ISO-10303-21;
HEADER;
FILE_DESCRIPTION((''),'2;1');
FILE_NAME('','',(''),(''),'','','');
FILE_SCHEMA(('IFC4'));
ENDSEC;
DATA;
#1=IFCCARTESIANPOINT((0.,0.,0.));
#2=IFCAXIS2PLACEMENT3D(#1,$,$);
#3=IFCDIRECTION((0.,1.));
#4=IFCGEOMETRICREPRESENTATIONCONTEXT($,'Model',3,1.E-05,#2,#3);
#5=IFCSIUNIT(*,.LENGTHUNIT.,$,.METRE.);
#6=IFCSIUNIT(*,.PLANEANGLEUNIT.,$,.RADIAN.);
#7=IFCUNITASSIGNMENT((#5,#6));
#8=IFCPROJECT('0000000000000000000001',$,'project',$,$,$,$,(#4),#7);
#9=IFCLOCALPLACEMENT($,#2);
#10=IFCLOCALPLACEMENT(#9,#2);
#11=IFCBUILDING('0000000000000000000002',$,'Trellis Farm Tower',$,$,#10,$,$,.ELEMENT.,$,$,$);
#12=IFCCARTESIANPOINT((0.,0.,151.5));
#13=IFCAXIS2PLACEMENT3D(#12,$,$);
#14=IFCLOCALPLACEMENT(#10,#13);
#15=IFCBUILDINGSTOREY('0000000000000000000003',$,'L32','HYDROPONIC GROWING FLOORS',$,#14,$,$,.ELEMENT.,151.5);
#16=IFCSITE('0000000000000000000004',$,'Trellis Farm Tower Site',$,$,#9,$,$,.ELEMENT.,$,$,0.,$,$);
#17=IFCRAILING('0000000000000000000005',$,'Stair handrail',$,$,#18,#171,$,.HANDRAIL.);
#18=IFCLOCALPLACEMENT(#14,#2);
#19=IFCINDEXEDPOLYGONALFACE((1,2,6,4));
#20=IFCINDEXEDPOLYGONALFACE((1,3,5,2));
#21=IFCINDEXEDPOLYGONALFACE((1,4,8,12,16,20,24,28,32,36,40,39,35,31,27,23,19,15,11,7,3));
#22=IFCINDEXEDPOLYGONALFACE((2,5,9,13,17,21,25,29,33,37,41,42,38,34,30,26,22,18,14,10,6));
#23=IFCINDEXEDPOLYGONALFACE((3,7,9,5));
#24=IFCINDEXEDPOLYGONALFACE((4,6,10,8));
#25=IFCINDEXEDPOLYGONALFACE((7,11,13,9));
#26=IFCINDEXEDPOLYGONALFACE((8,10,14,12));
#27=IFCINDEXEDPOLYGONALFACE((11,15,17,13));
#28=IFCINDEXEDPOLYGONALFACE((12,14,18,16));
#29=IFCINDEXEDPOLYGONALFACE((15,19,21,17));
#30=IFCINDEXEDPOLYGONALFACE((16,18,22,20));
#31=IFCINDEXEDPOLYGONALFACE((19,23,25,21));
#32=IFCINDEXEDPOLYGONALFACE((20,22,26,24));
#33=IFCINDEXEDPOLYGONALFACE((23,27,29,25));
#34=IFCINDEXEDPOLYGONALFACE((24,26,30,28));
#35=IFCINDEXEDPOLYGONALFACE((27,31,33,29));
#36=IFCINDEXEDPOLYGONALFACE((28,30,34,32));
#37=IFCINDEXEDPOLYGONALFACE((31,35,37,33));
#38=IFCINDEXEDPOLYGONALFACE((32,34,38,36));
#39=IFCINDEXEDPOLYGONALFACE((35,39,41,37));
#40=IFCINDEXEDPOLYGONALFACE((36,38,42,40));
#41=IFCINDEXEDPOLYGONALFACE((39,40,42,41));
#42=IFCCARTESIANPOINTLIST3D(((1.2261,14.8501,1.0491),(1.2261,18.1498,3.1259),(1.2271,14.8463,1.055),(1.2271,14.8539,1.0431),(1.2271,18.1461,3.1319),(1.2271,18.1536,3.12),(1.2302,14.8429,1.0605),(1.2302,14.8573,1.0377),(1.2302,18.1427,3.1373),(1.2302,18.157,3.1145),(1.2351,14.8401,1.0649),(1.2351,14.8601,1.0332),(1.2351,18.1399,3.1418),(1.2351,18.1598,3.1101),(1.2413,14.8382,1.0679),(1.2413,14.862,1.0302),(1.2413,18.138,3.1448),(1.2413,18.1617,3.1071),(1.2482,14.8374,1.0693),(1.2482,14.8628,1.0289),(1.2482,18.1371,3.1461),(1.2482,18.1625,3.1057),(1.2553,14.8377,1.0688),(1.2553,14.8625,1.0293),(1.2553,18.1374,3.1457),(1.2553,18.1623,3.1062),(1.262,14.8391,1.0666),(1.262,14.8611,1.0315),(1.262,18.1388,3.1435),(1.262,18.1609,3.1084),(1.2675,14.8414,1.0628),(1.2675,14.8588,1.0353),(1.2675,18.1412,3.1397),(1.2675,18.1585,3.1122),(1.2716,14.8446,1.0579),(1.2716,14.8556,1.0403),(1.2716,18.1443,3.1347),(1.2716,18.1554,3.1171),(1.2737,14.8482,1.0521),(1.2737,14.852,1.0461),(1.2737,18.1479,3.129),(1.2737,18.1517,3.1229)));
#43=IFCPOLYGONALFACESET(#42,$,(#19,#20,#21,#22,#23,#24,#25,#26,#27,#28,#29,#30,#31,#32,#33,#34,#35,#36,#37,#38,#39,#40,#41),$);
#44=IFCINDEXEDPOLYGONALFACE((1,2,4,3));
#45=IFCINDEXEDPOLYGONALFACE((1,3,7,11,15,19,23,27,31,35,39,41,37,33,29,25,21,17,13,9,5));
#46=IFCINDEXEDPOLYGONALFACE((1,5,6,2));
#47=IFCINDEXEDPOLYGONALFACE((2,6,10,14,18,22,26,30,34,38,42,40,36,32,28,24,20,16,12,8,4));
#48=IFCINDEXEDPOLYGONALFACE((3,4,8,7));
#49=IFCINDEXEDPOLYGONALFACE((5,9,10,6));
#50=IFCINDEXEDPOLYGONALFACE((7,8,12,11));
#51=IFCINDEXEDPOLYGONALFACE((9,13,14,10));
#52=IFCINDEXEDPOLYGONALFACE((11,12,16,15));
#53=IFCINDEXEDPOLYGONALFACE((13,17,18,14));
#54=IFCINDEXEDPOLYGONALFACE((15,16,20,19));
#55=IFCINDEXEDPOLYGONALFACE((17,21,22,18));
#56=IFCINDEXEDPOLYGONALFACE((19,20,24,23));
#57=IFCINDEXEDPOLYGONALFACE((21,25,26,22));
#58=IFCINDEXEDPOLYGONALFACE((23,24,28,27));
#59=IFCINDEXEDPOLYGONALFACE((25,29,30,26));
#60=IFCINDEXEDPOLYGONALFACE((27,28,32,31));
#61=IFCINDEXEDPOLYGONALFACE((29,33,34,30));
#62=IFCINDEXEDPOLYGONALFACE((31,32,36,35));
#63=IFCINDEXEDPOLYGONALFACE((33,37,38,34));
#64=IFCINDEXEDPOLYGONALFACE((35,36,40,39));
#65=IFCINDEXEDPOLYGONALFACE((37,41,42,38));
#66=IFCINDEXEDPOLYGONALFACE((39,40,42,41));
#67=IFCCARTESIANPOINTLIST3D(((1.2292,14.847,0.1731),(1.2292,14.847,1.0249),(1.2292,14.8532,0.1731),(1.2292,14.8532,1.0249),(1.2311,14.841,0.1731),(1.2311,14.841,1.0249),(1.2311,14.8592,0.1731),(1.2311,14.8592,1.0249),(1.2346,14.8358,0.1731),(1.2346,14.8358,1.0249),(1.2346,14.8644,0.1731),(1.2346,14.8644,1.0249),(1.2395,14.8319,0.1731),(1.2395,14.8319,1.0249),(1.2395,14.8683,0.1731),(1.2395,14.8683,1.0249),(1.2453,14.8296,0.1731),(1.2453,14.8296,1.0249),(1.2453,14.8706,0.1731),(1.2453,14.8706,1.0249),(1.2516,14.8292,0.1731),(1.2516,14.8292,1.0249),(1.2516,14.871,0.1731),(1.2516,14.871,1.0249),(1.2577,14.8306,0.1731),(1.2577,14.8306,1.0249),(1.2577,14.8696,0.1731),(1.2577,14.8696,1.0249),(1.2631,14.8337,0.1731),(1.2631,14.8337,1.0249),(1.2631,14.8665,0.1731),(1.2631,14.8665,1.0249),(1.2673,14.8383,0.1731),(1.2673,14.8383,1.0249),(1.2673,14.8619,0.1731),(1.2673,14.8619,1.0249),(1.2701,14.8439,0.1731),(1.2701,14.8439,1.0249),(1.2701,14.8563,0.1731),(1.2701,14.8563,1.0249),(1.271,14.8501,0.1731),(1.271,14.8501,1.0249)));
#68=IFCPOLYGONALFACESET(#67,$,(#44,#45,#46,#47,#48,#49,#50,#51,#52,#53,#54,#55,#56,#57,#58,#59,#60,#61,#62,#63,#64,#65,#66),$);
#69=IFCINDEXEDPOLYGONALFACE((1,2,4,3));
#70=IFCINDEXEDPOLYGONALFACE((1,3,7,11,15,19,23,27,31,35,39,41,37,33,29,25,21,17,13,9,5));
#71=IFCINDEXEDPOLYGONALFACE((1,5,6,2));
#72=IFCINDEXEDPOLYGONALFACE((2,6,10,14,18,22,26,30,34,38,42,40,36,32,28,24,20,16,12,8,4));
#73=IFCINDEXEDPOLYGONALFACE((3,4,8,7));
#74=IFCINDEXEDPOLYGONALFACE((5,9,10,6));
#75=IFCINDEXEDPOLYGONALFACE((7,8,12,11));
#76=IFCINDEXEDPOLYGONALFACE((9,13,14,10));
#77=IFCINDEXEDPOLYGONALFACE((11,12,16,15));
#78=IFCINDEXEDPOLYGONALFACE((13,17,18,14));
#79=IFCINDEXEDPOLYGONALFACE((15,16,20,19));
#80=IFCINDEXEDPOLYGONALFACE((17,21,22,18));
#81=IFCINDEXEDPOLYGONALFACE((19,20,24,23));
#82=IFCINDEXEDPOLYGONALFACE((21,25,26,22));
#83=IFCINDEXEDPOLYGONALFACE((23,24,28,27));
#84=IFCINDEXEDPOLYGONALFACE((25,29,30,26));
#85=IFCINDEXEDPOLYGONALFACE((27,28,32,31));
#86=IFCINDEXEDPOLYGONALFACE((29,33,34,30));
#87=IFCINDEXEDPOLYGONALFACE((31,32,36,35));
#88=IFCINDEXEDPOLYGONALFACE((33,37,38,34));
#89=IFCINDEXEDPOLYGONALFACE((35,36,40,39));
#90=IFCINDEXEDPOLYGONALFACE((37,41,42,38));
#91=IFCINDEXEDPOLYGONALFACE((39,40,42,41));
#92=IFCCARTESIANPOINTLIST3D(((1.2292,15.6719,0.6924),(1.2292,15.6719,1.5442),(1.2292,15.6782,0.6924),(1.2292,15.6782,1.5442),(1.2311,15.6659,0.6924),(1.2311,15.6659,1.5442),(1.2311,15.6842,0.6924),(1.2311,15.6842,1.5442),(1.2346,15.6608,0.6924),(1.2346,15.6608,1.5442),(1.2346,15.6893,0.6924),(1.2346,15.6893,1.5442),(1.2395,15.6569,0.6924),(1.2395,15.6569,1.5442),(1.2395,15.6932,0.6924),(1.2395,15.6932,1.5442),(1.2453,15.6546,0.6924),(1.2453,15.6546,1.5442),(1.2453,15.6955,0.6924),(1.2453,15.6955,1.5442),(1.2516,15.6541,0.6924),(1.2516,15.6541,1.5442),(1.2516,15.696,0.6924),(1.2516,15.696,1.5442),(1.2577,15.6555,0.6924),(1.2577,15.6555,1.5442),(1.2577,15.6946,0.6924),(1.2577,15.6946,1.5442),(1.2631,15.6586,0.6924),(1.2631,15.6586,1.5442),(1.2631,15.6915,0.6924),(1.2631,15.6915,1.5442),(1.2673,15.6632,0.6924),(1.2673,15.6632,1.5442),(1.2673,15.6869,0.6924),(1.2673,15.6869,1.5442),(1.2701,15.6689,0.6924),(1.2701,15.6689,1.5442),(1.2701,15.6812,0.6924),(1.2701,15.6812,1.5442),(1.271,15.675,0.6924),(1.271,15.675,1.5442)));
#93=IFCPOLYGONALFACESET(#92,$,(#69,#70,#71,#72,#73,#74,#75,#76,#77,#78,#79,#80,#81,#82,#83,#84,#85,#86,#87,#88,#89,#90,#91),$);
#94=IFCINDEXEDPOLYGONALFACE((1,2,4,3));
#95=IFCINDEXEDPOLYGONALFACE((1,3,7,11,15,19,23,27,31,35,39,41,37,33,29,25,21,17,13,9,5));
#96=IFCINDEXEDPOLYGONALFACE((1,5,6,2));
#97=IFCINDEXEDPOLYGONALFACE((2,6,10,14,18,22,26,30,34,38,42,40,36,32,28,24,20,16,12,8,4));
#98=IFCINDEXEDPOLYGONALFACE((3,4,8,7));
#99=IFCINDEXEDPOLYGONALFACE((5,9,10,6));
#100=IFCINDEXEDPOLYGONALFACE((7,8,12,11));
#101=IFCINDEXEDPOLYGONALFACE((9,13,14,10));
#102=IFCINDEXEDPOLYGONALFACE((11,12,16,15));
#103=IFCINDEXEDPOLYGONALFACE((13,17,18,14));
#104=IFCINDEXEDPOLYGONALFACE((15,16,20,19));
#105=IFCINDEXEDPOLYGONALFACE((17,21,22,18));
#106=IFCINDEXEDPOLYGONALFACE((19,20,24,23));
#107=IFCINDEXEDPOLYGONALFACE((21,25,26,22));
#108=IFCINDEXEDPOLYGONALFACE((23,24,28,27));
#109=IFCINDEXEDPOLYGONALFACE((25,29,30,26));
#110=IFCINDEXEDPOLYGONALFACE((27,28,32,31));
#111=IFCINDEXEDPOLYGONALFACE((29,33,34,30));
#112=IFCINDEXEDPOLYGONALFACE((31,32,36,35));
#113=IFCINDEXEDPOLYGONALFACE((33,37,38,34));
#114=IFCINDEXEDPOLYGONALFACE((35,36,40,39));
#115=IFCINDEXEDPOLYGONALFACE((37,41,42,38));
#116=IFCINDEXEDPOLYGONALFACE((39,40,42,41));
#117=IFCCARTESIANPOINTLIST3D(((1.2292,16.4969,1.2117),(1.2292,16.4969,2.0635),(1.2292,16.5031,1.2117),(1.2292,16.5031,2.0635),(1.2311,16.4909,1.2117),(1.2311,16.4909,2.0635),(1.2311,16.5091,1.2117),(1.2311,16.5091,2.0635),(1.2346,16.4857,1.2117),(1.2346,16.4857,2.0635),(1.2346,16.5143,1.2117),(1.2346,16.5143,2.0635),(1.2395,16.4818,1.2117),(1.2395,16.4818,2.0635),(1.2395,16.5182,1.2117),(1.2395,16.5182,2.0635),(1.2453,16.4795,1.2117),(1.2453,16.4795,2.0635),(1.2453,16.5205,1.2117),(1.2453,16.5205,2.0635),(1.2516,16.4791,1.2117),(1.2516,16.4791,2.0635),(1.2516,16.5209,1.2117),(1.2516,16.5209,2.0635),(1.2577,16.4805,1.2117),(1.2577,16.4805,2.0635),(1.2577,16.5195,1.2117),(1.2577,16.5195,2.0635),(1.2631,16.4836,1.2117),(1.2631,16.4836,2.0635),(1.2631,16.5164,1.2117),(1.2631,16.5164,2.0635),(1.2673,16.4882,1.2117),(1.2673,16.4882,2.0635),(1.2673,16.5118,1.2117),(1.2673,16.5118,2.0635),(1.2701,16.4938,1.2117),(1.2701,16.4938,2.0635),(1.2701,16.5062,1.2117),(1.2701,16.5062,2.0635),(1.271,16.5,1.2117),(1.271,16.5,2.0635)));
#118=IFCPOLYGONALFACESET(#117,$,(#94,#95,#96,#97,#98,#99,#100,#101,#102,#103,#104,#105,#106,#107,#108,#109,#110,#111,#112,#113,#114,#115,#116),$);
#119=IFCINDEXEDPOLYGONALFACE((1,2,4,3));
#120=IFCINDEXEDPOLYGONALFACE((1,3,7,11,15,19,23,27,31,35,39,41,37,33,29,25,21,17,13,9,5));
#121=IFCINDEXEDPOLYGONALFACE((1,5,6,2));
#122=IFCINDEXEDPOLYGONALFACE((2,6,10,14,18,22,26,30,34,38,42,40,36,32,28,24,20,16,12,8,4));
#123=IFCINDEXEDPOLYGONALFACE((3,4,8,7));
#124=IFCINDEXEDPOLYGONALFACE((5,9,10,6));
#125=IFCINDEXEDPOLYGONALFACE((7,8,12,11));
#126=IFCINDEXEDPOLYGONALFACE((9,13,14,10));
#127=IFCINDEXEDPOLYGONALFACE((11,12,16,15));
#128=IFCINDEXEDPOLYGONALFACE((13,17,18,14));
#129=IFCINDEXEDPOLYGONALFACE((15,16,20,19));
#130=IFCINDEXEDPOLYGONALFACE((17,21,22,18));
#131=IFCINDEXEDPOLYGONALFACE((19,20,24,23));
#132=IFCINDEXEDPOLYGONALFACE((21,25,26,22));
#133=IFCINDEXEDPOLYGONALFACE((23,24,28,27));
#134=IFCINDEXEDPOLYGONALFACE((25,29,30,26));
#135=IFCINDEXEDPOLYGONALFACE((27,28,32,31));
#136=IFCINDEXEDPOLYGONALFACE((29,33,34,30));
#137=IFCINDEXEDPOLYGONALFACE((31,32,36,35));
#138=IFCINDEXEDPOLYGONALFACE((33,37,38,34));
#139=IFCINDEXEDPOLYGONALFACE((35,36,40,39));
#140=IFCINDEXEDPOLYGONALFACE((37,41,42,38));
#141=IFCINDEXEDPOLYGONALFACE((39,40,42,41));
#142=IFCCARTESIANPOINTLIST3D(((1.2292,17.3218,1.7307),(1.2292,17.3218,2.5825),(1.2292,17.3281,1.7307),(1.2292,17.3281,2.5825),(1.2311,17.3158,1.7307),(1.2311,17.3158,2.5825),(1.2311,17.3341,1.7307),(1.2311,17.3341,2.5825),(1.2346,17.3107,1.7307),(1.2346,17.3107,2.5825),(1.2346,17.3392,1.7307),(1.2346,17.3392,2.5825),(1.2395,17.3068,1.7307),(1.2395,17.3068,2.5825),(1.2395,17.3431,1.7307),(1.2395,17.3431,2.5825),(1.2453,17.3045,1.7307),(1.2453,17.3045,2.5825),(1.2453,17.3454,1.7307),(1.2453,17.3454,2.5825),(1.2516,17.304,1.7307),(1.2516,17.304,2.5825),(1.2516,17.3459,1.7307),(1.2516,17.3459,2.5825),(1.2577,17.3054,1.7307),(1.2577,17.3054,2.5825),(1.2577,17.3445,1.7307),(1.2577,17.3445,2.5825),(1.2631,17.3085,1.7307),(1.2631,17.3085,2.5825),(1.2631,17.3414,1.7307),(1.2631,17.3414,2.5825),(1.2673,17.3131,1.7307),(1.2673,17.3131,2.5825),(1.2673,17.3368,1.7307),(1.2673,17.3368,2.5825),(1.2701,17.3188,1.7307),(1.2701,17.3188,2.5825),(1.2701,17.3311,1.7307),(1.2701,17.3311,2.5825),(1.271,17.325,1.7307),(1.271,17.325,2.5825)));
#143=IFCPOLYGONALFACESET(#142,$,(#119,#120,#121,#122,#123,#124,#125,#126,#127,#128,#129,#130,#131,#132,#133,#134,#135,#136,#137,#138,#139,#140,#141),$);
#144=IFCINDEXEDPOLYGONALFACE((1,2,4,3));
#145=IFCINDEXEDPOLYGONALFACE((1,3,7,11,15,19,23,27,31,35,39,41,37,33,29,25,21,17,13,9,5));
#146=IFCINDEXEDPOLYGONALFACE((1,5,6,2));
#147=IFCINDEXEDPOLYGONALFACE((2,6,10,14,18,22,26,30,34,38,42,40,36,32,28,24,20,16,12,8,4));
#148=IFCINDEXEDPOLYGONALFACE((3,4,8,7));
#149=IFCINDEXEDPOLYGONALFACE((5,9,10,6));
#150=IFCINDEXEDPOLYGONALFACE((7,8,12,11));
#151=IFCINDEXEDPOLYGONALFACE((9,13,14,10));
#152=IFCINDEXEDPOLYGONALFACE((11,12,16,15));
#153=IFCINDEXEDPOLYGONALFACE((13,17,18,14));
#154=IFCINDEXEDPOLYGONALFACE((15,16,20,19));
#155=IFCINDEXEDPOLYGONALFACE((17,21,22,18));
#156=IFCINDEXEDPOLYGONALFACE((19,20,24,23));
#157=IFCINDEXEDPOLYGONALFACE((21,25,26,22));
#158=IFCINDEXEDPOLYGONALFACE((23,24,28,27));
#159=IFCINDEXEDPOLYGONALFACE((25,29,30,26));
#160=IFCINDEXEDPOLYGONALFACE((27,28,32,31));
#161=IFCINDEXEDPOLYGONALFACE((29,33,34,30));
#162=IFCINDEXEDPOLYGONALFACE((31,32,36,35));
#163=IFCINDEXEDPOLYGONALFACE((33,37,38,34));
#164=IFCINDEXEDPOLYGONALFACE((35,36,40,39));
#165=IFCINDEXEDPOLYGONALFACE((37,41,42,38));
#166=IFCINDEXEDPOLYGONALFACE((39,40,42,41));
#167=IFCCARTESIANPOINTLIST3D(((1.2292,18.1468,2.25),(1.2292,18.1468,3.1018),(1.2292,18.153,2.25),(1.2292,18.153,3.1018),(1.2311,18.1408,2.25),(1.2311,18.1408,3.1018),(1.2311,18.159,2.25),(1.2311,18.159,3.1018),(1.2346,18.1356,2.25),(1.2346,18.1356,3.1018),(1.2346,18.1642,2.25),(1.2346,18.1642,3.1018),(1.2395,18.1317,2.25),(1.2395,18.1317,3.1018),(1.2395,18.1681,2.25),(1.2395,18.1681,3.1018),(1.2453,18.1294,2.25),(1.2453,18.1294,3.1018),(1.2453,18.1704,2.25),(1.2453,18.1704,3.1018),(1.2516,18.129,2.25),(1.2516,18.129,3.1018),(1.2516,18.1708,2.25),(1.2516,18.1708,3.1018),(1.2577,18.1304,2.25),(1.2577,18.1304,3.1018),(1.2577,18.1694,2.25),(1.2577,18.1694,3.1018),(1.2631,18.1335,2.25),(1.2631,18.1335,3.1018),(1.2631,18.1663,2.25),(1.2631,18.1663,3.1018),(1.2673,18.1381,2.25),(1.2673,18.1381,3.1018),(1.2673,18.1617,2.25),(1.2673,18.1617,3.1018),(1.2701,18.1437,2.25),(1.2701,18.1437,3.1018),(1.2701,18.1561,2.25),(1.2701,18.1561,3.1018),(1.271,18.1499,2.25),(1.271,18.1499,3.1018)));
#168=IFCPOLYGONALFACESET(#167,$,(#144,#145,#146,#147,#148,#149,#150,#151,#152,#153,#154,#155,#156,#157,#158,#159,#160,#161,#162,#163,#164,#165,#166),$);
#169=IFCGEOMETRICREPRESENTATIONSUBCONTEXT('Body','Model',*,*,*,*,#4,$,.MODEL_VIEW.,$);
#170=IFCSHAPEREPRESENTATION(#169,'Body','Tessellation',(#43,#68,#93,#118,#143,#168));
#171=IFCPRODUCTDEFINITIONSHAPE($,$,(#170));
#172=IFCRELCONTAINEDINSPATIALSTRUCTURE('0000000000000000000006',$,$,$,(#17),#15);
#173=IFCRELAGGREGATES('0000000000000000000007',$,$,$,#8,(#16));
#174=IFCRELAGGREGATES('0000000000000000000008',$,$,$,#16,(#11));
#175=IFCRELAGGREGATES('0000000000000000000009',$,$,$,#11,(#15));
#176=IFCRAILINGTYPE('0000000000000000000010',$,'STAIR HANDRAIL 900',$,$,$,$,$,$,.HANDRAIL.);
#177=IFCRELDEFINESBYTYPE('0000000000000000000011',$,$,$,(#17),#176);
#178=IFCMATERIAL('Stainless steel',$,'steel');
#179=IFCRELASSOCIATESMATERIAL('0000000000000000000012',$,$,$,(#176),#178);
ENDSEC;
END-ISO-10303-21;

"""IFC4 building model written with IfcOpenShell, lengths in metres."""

from ifc_helpers import new_model, si_unit, direction, frame, origin, origin_2d, place, context, subcontext, project, spatial, circle, extrude, source, transform, mapped, material, type_object, element, save


model = new_model("IFC4")

# Units and contexts
model_context = context("Model", 3, precision=1e-05, world=origin(), true_north=direction((0.0, 1.0)))
body_context = subcontext(model_context, "Body", "Model", "MODEL_VIEW")
ifc_project = project(units=[si_unit("LENGTHUNIT", "METRE"), si_unit("PLANEANGLEUNIT", "RADIAN")], contexts=[model_context])

# Site, building, storey
site_placement = place(None, origin())
site = spatial("IfcSite", under=ifc_project, at=site_placement, Name="Trellis Farm Tower Site", CompositionType="ELEMENT", RefElevation=0.0)
building_placement = place(site_placement, origin())
building = spatial("IfcBuilding", under=site, at=building_placement, Name="Trellis Farm Tower", CompositionType="ELEMENT")
storey_placement = place(building_placement, frame((0.0, 0.0, 151.5)))
storey = spatial("IfcBuildingStorey", under=building, at=storey_placement, Name="L32", Description="HYDROPONIC GROWING FLOORS", CompositionType="ELEMENT", Elevation=151.5)

# Railing
ifc_material_1 = material(Name="Stainless steel", Category="steel")
railing_type = type_object("IfcRailingType", Name="STAIR HANDRAIL 900", PredefinedType="HANDRAIL", material=ifc_material_1)
shared_shape_1 = source(origin(), body_context, "Body", "SweptSolid", [
    extrude(circle(Radius=0.0239, at=origin_2d()), frame((0.0, 0.0, 0.876), z_axis=(0.0, 0.84632, 0.532675), x_axis=(-1.0, 0.0, 0.0)), (0.0, 0.0, 1.0), 3.8989),
    extrude(circle(Radius=0.021, at=origin_2d()), origin(), (0.0, 0.0, 1.0), 0.8518),
    extrude(circle(Radius=0.021, at=origin_2d()), frame((0.0, 0.825, 0.5193)), (0.0, 0.0, 1.0), 0.8518),
    extrude(circle(Radius=0.021, at=origin_2d()), frame((0.0, 1.6499, 1.0386)), (0.0, 0.0, 1.0), 0.8518),
    extrude(circle(Radius=0.021, at=origin_2d()), frame((0.0, 2.4749, 1.5576)), (0.0, 0.0, 1.0), 0.8518),
    extrude(circle(Radius=0.021, at=origin_2d()), frame((0.0, 3.2998, 2.0769)), (0.0, 0.0, 1.0), 0.8518),
])
railing_placement = place(storey_placement, frame((1.25, 14.8501, 0.1731)))
element("IfcRailing", 1, at=railing_placement, inside=storey, type_object=railing_type, Name="Stair handrail", PredefinedType="HANDRAIL", context=body_context, shape_type="MappedRepresentation", body=[
    mapped(shared_shape_1, transform((0.0, 0.0, 0.0))),
])

save(model, "model.ifc")
